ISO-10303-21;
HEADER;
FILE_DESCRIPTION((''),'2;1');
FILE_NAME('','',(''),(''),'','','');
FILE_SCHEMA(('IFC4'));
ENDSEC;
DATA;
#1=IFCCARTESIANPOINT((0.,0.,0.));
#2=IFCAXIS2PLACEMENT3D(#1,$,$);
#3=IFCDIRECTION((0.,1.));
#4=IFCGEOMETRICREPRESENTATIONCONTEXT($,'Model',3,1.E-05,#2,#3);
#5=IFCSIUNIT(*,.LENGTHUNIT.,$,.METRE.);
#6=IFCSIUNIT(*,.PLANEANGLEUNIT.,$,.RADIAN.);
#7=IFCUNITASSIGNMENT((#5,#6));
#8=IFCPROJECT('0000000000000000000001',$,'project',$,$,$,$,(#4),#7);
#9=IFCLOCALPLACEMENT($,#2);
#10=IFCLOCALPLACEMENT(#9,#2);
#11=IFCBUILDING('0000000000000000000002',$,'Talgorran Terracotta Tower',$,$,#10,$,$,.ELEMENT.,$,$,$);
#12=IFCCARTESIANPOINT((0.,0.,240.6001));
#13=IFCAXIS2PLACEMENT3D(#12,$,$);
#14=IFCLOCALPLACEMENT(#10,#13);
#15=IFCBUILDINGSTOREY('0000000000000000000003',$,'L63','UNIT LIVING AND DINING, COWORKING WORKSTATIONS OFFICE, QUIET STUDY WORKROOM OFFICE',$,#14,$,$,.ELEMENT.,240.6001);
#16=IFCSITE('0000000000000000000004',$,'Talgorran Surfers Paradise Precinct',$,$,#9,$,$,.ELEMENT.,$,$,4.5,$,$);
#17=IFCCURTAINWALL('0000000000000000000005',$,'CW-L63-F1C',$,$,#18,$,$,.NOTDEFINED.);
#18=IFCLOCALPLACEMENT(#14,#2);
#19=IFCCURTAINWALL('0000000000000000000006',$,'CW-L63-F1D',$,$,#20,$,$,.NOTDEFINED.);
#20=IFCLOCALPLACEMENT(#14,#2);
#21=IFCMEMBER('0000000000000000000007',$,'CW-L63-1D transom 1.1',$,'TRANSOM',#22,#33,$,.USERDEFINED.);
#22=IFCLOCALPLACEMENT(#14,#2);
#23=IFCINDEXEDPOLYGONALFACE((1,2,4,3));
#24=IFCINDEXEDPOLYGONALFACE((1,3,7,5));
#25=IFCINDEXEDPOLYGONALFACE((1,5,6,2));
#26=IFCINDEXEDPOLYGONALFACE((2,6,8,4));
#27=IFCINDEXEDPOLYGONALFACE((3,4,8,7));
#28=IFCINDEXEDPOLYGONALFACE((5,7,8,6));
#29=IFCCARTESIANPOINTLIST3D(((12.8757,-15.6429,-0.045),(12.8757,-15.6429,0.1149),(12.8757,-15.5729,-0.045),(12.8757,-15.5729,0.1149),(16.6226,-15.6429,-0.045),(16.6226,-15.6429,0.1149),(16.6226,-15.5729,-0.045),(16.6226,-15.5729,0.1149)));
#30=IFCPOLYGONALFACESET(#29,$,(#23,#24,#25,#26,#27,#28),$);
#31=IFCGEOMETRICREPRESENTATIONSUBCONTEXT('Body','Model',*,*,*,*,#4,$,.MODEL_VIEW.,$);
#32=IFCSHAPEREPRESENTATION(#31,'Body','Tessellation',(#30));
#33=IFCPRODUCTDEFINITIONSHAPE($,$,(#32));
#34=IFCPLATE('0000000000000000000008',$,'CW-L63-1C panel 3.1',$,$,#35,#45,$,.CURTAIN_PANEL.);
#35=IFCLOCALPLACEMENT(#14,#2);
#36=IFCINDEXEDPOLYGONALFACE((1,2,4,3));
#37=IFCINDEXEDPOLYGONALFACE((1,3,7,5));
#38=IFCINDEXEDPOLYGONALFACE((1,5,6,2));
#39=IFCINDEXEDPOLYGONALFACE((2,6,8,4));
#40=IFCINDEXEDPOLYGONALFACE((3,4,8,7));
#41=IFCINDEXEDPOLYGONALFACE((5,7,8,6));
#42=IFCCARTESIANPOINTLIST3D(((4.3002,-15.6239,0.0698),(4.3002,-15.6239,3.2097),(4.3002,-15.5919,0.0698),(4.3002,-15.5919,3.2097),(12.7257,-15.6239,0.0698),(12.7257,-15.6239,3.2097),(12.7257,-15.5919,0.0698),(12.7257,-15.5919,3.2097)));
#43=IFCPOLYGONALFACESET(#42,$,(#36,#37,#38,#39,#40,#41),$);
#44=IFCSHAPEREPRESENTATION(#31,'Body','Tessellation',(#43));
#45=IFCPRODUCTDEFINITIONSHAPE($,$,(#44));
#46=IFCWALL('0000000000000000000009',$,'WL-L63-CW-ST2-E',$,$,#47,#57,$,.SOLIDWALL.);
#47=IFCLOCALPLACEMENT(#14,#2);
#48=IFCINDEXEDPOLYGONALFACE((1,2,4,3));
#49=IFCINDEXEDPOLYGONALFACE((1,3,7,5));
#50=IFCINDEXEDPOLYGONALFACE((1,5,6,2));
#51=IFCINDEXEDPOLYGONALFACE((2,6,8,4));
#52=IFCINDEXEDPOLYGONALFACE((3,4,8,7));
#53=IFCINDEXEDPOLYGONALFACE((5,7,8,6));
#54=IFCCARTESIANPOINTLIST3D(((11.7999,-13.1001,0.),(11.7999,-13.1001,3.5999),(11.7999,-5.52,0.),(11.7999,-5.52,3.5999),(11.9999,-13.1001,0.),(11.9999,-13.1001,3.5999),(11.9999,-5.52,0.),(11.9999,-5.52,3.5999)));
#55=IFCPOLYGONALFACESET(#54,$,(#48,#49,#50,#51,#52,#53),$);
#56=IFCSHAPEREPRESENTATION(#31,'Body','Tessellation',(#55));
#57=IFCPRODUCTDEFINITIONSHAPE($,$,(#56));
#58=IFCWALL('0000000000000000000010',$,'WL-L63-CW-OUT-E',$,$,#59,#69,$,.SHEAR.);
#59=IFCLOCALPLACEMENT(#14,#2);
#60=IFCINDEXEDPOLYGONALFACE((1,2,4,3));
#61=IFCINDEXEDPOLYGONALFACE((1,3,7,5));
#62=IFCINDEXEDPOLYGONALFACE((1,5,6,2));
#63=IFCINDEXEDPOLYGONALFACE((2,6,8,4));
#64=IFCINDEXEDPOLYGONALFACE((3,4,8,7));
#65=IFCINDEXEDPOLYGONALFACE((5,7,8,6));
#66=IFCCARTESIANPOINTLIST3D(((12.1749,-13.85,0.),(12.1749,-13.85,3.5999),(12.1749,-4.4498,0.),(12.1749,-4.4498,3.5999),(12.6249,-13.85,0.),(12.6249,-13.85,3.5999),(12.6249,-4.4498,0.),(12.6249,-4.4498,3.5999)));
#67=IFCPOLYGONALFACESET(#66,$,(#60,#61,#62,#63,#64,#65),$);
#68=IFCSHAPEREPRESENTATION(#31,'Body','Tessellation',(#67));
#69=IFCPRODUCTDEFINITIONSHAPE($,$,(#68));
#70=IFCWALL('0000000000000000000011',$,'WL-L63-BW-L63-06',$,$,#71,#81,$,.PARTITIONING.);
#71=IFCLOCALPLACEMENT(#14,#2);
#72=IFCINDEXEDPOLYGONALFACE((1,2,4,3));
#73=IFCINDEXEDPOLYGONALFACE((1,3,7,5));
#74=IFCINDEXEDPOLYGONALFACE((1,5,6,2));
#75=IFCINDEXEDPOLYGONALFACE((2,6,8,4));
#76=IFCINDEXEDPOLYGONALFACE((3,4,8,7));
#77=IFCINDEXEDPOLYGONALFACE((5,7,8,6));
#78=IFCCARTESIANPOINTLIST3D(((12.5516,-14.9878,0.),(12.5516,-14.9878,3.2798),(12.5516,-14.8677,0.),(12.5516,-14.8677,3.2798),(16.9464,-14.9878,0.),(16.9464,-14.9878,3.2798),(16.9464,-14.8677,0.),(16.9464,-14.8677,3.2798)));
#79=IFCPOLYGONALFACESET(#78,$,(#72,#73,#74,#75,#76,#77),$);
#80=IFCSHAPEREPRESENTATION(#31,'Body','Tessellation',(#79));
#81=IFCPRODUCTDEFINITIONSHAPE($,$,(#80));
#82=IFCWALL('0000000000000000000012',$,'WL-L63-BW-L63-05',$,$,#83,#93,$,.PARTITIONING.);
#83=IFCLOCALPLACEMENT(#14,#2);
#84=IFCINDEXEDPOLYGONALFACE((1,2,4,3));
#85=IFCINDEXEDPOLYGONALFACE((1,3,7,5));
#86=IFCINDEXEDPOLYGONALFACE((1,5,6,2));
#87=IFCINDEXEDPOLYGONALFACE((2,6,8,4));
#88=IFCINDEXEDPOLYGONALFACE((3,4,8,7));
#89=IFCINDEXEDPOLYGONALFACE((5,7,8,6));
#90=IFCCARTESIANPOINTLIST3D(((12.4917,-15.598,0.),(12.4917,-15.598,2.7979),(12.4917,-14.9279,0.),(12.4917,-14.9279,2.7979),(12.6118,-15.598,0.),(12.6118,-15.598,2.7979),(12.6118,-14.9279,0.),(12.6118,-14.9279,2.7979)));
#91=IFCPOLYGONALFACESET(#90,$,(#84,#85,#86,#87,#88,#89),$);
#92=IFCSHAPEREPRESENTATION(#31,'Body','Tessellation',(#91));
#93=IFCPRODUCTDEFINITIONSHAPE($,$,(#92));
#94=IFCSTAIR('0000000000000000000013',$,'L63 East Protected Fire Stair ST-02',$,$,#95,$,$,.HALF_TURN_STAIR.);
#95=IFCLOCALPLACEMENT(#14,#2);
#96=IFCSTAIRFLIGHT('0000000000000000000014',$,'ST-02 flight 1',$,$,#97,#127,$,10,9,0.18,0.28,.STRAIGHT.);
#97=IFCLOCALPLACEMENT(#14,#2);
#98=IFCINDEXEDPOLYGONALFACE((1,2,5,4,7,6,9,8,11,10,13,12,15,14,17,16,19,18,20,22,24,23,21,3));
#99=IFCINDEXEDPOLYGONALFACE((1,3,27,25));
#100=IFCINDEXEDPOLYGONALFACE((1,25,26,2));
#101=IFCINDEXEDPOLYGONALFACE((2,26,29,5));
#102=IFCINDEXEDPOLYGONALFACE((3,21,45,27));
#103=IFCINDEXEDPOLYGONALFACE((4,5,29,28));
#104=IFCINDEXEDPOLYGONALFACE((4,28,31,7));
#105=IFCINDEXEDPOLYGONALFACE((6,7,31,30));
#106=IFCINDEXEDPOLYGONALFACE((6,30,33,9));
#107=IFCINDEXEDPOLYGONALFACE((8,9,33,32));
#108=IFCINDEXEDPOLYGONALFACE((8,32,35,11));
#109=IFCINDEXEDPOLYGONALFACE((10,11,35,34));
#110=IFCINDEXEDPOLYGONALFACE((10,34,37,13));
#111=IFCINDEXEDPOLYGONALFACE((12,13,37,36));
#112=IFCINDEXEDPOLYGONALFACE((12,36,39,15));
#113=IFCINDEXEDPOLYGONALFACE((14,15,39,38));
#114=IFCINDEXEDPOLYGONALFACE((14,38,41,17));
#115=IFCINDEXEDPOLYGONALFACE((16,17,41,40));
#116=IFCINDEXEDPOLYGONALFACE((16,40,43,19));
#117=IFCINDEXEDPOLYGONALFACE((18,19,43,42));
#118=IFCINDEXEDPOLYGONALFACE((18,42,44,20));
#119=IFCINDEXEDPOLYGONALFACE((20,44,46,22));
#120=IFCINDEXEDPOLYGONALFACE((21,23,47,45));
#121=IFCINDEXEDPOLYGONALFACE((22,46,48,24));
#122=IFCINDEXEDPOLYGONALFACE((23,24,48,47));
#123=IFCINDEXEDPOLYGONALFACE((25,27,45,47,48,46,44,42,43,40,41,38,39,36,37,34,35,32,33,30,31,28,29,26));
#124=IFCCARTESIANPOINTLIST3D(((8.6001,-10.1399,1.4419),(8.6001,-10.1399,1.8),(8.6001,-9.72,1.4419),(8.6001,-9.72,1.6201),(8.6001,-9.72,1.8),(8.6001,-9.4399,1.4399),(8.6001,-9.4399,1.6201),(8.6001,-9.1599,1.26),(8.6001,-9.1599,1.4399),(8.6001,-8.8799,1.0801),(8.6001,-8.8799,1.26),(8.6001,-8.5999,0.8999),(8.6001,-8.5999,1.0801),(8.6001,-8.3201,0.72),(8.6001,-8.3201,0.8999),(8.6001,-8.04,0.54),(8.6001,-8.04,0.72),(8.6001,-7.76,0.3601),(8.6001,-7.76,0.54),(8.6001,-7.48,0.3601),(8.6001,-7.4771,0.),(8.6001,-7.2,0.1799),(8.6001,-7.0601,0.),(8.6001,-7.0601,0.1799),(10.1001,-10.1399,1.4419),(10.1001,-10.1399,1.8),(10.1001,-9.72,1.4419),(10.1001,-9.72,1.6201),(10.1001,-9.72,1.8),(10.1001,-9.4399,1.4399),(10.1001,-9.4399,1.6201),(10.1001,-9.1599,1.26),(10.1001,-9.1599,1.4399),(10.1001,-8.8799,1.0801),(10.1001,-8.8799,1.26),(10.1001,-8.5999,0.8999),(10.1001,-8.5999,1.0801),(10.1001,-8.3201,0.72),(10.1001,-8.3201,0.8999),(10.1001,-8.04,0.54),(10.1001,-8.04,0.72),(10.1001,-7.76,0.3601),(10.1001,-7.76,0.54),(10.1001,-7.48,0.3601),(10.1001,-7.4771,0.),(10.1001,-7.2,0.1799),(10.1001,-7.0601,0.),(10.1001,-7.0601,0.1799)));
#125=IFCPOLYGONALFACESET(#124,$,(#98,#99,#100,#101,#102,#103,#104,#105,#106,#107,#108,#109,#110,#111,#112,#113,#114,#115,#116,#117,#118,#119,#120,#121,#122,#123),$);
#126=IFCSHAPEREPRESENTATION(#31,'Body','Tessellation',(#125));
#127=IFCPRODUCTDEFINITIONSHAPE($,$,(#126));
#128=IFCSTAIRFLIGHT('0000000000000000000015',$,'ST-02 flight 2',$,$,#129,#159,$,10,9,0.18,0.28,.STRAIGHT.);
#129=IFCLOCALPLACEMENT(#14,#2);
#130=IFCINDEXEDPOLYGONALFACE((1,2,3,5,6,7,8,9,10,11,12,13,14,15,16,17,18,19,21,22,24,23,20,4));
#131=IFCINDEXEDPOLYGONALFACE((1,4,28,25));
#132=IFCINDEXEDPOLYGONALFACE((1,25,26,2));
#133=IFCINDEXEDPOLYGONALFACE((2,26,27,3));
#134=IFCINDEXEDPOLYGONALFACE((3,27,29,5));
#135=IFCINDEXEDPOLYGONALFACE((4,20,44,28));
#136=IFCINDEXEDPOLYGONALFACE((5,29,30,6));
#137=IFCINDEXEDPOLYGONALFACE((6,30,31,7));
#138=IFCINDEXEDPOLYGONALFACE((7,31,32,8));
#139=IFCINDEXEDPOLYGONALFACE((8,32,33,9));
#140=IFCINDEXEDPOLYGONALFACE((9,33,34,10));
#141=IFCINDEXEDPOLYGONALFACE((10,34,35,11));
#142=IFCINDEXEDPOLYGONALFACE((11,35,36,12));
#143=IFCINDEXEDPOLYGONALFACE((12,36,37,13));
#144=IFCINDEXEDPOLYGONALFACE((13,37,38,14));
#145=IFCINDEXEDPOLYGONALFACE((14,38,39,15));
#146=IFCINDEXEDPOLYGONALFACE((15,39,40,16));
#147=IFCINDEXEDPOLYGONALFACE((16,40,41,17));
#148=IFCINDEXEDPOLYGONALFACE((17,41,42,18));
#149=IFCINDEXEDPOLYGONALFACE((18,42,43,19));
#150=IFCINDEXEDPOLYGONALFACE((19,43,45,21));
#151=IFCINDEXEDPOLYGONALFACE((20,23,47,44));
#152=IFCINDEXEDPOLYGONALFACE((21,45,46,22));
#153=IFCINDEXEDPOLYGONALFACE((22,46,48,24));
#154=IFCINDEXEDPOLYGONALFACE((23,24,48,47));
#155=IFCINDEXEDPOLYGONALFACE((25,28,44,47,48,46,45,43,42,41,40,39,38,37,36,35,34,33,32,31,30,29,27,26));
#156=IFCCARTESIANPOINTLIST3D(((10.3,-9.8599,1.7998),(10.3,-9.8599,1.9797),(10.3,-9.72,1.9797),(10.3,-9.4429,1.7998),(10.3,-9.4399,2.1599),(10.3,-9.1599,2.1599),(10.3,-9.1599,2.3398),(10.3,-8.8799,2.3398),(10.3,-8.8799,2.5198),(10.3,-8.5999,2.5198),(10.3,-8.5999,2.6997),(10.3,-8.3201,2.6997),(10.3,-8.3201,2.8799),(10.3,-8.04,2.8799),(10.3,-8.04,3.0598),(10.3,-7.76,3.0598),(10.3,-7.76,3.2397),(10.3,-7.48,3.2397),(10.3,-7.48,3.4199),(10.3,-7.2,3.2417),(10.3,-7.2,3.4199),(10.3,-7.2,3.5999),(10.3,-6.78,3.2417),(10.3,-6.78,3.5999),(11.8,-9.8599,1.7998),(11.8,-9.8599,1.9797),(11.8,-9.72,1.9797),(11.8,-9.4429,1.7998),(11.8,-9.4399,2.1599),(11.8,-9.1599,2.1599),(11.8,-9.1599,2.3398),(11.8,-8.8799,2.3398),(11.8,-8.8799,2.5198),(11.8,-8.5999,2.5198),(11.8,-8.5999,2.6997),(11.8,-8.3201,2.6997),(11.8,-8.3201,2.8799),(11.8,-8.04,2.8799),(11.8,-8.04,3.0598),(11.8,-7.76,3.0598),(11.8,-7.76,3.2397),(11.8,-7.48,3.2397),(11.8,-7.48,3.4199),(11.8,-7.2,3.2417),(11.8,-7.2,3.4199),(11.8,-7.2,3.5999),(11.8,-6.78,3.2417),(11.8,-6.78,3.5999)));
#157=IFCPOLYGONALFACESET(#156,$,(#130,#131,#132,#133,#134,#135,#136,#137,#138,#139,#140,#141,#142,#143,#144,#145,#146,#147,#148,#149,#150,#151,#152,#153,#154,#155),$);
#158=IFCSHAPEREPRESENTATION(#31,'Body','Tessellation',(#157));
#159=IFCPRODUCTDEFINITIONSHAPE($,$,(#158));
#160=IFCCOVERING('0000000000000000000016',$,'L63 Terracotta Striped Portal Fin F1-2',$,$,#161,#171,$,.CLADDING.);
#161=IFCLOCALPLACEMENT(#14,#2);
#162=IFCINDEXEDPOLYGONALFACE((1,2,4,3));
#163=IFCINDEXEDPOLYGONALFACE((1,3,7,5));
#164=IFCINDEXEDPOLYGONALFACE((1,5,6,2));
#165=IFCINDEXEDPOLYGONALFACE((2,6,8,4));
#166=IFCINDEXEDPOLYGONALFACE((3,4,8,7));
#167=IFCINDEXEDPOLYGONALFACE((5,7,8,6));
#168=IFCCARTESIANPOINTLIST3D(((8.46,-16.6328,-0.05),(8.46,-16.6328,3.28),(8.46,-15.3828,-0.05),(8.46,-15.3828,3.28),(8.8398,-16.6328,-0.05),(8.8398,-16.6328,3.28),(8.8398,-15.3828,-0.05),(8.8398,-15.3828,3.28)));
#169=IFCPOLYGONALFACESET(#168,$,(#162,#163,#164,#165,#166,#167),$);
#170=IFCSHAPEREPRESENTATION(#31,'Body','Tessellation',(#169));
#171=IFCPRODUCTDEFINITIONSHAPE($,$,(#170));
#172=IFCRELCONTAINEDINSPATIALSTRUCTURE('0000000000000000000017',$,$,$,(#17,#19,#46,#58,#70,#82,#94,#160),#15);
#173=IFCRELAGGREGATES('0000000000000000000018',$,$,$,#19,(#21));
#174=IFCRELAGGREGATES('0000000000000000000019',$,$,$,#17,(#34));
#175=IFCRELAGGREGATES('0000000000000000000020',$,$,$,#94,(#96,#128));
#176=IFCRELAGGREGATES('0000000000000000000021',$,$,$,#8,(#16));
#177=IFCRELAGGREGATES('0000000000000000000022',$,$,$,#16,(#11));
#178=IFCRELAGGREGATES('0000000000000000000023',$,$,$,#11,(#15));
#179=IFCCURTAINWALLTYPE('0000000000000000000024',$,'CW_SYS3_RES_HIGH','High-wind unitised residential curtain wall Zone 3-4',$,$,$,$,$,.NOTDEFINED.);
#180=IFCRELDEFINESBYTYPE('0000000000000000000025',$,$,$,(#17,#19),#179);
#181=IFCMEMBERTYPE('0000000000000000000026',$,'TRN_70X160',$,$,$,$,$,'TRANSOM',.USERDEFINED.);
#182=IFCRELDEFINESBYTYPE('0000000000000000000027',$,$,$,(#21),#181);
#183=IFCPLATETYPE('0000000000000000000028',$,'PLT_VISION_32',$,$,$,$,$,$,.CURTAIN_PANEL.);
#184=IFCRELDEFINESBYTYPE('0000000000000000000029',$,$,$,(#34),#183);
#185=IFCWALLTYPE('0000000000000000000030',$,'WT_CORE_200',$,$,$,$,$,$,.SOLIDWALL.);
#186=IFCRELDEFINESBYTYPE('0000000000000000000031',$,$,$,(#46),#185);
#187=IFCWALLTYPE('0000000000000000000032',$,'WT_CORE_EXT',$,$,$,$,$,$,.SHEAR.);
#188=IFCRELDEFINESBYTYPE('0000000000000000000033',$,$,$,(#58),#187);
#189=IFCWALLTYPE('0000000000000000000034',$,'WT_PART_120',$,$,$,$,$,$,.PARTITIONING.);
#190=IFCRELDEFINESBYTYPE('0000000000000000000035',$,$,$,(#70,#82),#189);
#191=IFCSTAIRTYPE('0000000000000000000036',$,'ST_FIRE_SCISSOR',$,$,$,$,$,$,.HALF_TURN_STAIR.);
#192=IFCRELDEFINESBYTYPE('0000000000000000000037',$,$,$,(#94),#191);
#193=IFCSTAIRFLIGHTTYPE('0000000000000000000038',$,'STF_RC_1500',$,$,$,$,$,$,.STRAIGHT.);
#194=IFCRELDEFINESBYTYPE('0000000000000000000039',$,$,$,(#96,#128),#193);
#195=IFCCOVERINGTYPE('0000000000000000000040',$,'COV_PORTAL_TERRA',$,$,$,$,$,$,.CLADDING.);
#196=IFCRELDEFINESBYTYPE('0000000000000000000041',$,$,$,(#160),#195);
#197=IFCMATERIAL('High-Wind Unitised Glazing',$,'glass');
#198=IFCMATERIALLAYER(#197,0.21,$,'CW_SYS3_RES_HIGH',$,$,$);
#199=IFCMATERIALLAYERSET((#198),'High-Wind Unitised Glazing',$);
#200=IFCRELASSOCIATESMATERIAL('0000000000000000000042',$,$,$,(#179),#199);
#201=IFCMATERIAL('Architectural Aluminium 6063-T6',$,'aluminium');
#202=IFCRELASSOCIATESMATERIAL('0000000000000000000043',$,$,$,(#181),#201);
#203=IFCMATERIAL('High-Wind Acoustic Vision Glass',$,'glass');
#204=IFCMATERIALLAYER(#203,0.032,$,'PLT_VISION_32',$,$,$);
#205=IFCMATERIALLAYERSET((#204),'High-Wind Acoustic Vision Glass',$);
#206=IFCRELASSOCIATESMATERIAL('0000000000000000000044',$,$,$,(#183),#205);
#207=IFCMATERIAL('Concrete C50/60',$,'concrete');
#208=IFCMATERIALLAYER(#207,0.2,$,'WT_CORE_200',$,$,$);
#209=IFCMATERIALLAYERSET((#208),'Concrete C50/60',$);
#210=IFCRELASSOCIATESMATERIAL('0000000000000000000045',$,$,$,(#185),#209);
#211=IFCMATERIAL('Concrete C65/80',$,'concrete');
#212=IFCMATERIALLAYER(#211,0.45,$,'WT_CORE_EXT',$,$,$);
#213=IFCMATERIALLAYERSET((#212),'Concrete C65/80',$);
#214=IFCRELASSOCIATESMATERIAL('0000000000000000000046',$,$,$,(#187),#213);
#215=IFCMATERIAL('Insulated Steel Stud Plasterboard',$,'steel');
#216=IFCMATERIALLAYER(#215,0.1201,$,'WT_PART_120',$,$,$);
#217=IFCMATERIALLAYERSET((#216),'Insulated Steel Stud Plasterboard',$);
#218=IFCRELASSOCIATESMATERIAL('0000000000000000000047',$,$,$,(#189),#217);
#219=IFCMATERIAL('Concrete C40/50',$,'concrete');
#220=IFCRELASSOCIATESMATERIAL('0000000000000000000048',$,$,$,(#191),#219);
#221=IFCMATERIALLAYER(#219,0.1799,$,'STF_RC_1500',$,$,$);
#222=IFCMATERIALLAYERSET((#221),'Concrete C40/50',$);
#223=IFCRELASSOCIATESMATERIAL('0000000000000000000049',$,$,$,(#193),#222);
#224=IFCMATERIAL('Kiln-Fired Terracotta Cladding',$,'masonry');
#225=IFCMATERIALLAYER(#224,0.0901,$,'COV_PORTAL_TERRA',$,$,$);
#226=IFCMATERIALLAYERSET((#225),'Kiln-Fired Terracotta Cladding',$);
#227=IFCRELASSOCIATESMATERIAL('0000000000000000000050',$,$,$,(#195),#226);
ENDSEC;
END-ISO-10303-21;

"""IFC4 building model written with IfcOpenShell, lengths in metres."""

from ifc_helpers import new_model, si_unit, direction, frame, frame_2d, origin, origin_2d, place, context, subcontext, project, spatial, polyline, rectangle, outline, extrude, source, transform, mapped, material, layer, layer_set, material_profile, profile_set, type_object, type_shapes, element, aggregate, save


model = new_model("IFC4")

# Units and contexts
model_context = context("Model", 3, precision=1e-05, world=origin(), true_north=direction((0.0, 1.0)))
body_context = subcontext(model_context, "Body", "Model", "MODEL_VIEW")
ifc_project = project(units=[si_unit("LENGTHUNIT", "METRE"), si_unit("PLANEANGLEUNIT", "RADIAN")], contexts=[model_context])

# Site, building, storey
site_placement = place(None, origin())
site = spatial("IfcSite", under=ifc_project, at=site_placement, Name="Talgorran Surfers Paradise Precinct", CompositionType="ELEMENT", RefElevation=4.5)
building_placement = place(site_placement, origin())
building = spatial("IfcBuilding", under=site, at=building_placement, Name="Talgorran Terracotta Tower", CompositionType="ELEMENT")
storey_placement = place(building_placement, frame((0.0, 0.0, 240.6001)))
storey = spatial("IfcBuildingStorey", under=building, at=storey_placement, Name="L63", Description="UNIT LIVING AND DINING, COWORKING WORKSTATIONS OFFICE, QUIET STUDY WORKROOM OFFICE", CompositionType="ELEMENT", Elevation=240.6001)

# Curtain wall
ifc_material_1 = material(Name="High-Wind Unitised Glazing", Category="glass")
ifc_layer_1 = layer(ifc_material_1, 0.21, Name="CW_SYS3_RES_HIGH")
ifc_layer_set_1 = layer_set([ifc_layer_1], Name="High-Wind Unitised Glazing")
curtain_wall_type = type_object("IfcCurtainWallType", Name="CW_SYS3_RES_HIGH", Description="High-wind unitised residential curtain wall Zone 3-4", PredefinedType="NOTDEFINED", material=ifc_layer_set_1)
curtain_wall_1_placement = place(storey_placement, origin())
curtain_wall_1 = element("IfcCurtainWall", 1, at=curtain_wall_1_placement, inside=storey, type_object=curtain_wall_type, Name="CW-L63-F1C", PredefinedType="NOTDEFINED")
ifc_material_2 = material(Name="Architectural Aluminium 6063-T6", Category="aluminium")

# Curtain wall, member
curtain_wall_2_placement = place(storey_placement, origin())
curtain_wall_2 = element("IfcCurtainWall", 2, at=curtain_wall_2_placement, inside=storey, type_object=curtain_wall_type, Name="CW-L63-F1D", PredefinedType="NOTDEFINED")
ifc_material_profile_1 = material_profile(ifc_material_2, rectangle(XDim=0.0701, YDim=0.1599, at=origin_2d()), Name="CWT70X160")
ifc_profile_set_1 = profile_set([ifc_material_profile_1], Name="Architectural Aluminium 6063-T6")
member_type_1 = type_object("IfcMemberType", Name="TRN_70X160", ElementType="TRANSOM", PredefinedType="USERDEFINED", material=ifc_profile_set_1)
member_1_placement = place(storey_placement, frame((12.8757, -15.6079, 0.0349), z_axis=(1.0, 0.0, 0.0), x_axis=(0.0, 1.0, 0.0)))
member_1 = element("IfcMember", 3, at=member_1_placement, type_object=member_type_1, Name="CW-L63-1D transom 1.1", ObjectType="TRANSOM", PredefinedType="USERDEFINED", context=body_context, shape_type="SweptSolid", body=[
    extrude(rectangle(XDim=0.0701, YDim=0.1599, at=origin_2d()), origin(), (0.0, 0.0, 1.0), 3.7468),
])
aggregate(curtain_wall_2, [member_1])

# Plate
ifc_material_3 = material(Name="High-Wind Acoustic Vision Glass", Category="glass")
ifc_layer_2 = layer(ifc_material_3, 0.032, Name="PLT_VISION_32")
ifc_layer_set_2 = layer_set([ifc_layer_2], Name="High-Wind Acoustic Vision Glass")
plate_type = type_object("IfcPlateType", Name="PLT_VISION_32", PredefinedType="CURTAIN_PANEL", material=ifc_layer_set_2)
shared_shape = source(origin(), body_context, "Body", "SweptSolid", [
    extrude(rectangle(XDim=8.4255, YDim=0.032, at=origin_2d()), origin(), (0.0, 0.0, 1.0), 3.1399),
])
type_shapes(plate_type, [shared_shape])
plate_placement = place(storey_placement, frame((8.5129, -15.6079, 0.0698), z_axis=(0.0, 0.0, 1.0), x_axis=(1.0, 0.0, 0.0)))
plate = element("IfcPlate", 4, at=plate_placement, type_object=plate_type, Name="CW-L63-1C panel 3.1", PredefinedType="CURTAIN_PANEL", context=body_context, shape_type="MappedRepresentation", body=[
    mapped(shared_shape, transform((0.0, 0.0, 0.0), scale=1.0)),
])
aggregate(curtain_wall_1, [plate])

# Walls
ifc_material_4 = material(Name="Concrete C50/60", Category="concrete")
ifc_layer_3 = layer(ifc_material_4, 0.2, Name="WT_CORE_200")
ifc_layer_set_3 = layer_set([ifc_layer_3], Name="Concrete C50/60")
wall_type_1 = type_object("IfcWallType", Name="WT_CORE_200", PredefinedType="SOLIDWALL", material=ifc_layer_set_3)
wall_1_placement = place(storey_placement, frame((11.8999, -13.1001, 0.0), z_axis=(0.0, 0.0, 1.0), x_axis=(0.0, 1.0, 0.0)))
element("IfcWall", 5, at=wall_1_placement, inside=storey, type_object=wall_type_1, Name="WL-L63-CW-ST2-E", PredefinedType="SOLIDWALL", context=body_context, shape_type="SweptSolid", body=[
    extrude(rectangle(XDim=7.5801, YDim=0.2, at=frame_2d((3.79, 0.0))), origin(), (0.0, 0.0, 1.0), 3.5999),
])
ifc_material_5 = material(Name="Concrete C65/80", Category="concrete")
ifc_layer_4 = layer(ifc_material_5, 0.45, Name="WT_CORE_EXT")
ifc_layer_set_4 = layer_set([ifc_layer_4], Name="Concrete C65/80")
wall_type_2 = type_object("IfcWallType", Name="WT_CORE_EXT", PredefinedType="SHEAR", material=ifc_layer_set_4)
wall_2_placement = place(storey_placement, frame((12.3999, -13.8501, 0.0), z_axis=(0.0, 0.0, 1.0), x_axis=(0.0, 1.0, 0.0)))
element("IfcWall", 6, at=wall_2_placement, inside=storey, type_object=wall_type_2, Name="WL-L63-CW-OUT-E", PredefinedType="SHEAR", context=body_context, shape_type="SweptSolid", body=[
    extrude(rectangle(XDim=9.4001, YDim=0.45, at=frame_2d((4.7002, 0.0))), origin(), (0.0, 0.0, 1.0), 3.5999),
])
ifc_material_6 = material(Name="Insulated Steel Stud Plasterboard", Category="steel")
ifc_layer_5 = layer(ifc_material_6, 0.1201, Name="WT_PART_120")
ifc_layer_set_5 = layer_set([ifc_layer_5], Name="Insulated Steel Stud Plasterboard")
wall_type_3 = type_object("IfcWallType", Name="WT_PART_120", PredefinedType="PARTITIONING", material=ifc_layer_set_5)
wall_3_placement = place(storey_placement, frame((12.5518, -14.9277, 0.0), z_axis=(0.0, 0.0, 1.0), x_axis=(1.0, 0.0, 0.0)))
element("IfcWall", 7, at=wall_3_placement, inside=storey, type_object=wall_type_3, Name="WL-L63-BW-L63-06", PredefinedType="PARTITIONING", context=body_context, shape_type="SweptSolid", body=[
    extrude(rectangle(XDim=4.3948, YDim=0.1201, at=frame_2d((2.1973, 0.0))), origin(), (0.0, 0.0, 1.0), 3.2798),
])
wall_4_placement = place(storey_placement, frame((12.5518, -15.5979, 0.0), z_axis=(0.0, 0.0, 1.0), x_axis=(0.0, 1.0, 0.0)))
element("IfcWall", 8, at=wall_4_placement, inside=storey, type_object=wall_type_3, Name="WL-L63-BW-L63-05", PredefinedType="PARTITIONING", context=body_context, shape_type="SweptSolid", body=[
    extrude(rectangle(XDim=0.6702, YDim=0.1201, at=frame_2d((0.335, 0.0))), origin(), (0.0, 0.0, 1.0), 2.7979),
])

# Stair, stair flights
ifc_material_7 = material(Name="Concrete C40/50", Category="concrete")
stair_type = type_object("IfcStairType", Name="ST_FIRE_SCISSOR", PredefinedType="HALF_TURN_STAIR", material=ifc_material_7)
stair_placement = place(storey_placement, origin())
stair = element("IfcStair", 9, at=stair_placement, inside=storey, type_object=stair_type, Name="L63 East Protected Fire Stair ST-02", PredefinedType="HALF_TURN_STAIR")
ifc_layer_6 = layer(ifc_material_7, 0.1799, Name="STF_RC_1500")
ifc_layer_set_6 = layer_set([ifc_layer_6], Name="Concrete C40/50")
stair_flight_type = type_object("IfcStairFlightType", Name="STF_RC_1500", PredefinedType="STRAIGHT", material=ifc_layer_set_6)
stair_flight_1_placement = place(storey_placement, frame((9.3501, -7.2, 0.0), z_axis=(0.0, 0.0, 1.0), x_axis=(0.0, -1.0, 0.0)))
stair_flight_1 = element("IfcStairFlight", 10, at=stair_flight_1_placement, type_object=stair_flight_type, Name="ST-02 flight 1", NumberOfRisers=10, NumberOfTreads=9, PredefinedType="STRAIGHT", RiserHeight=0.18, TreadLength=0.28, context=body_context, shape_type="SweptSolid", body=[
    extrude(outline(polyline([(-0.1399, 0.0), (-0.1399, 0.1799), (0.0, 0.1799), (0.28, 0.3601), (0.5601, 0.3601), (0.5601, 0.54), (0.8401, 0.54), (0.8401, 0.72), (1.1201, 0.72), (1.1201, 0.8999), (1.3999, 0.8999), (1.3999, 1.0801), (1.6799, 1.0801), (1.6799, 1.26), (1.96, 1.26), (1.96, 1.4399), (2.24, 1.4399), (2.24, 1.6201), (2.52, 1.6201), (2.52, 1.8), (2.9399, 1.8), (2.9399, 1.4419), (2.52, 1.4419), (0.2771, 0.0), (-0.1399, 0.0)])), frame((0.0, 0.75, 0.0), z_axis=(0.0, -1.0, 0.0), x_axis=(1.0, 0.0, 0.0)), (0.0, 0.0, 1.0), 1.5),
])
stair_flight_2_placement = place(storey_placement, frame((11.05, -9.72, 1.7998), z_axis=(0.0, 0.0, 1.0), x_axis=(0.0, 1.0, 0.0)))
stair_flight_2 = element("IfcStairFlight", 11, at=stair_flight_2_placement, type_object=stair_flight_type, Name="ST-02 flight 2", NumberOfRisers=10, NumberOfTreads=9, PredefinedType="STRAIGHT", RiserHeight=0.18, TreadLength=0.28, context=body_context, shape_type="SweptSolid", body=[
    extrude(outline(polyline([(-0.1399, 0.0), (-0.1399, 0.1799), (0.0, 0.1799), (0.28, 0.3601), (0.5601, 0.3601), (0.5601, 0.54), (0.8401, 0.54), (0.8401, 0.72), (1.1201, 0.72), (1.1201, 0.8999), (1.3999, 0.8999), (1.3999, 1.0801), (1.6799, 1.0801), (1.6799, 1.26), (1.96, 1.26), (1.96, 1.4399), (2.24, 1.4399), (2.24, 1.6201), (2.52, 1.6201), (2.52, 1.8), (2.9399, 1.8), (2.9399, 1.4419), (2.52, 1.4419), (0.2771, 0.0), (-0.1399, 0.0)])), frame((0.0, 0.75, 0.0), z_axis=(0.0, -1.0, 0.0), x_axis=(1.0, 0.0, 0.0)), (0.0, 0.0, 1.0), 1.5),
])
aggregate(stair, [stair_flight_1, stair_flight_2])

# Covering
ifc_material_8 = material(Name="Kiln-Fired Terracotta Cladding", Category="masonry")
ifc_layer_7 = layer(ifc_material_8, 0.0901, Name="COV_PORTAL_TERRA")
ifc_layer_set_7 = layer_set([ifc_layer_7], Name="Kiln-Fired Terracotta Cladding")
covering_type = type_object("IfcCoveringType", Name="COV_PORTAL_TERRA", PredefinedType="CLADDING", material=ifc_layer_set_7)
covering_placement = place(storey_placement, frame((8.6499, -16.0078, -0.05), z_axis=(0.0, 0.0, 1.0), x_axis=(1.0, 0.0, 0.0)))
element("IfcCovering", 12, at=covering_placement, inside=storey, type_object=covering_type, Name="L63 Terracotta Striped Portal Fin F1-2", PredefinedType="CLADDING", context=body_context, shape_type="SweptSolid", body=[
    extrude(rectangle(XDim=0.3799, YDim=1.25, at=origin_2d()), origin(), (0.0, 0.0, 1.0), 3.3301),
])

save(model, "model.ifc")
